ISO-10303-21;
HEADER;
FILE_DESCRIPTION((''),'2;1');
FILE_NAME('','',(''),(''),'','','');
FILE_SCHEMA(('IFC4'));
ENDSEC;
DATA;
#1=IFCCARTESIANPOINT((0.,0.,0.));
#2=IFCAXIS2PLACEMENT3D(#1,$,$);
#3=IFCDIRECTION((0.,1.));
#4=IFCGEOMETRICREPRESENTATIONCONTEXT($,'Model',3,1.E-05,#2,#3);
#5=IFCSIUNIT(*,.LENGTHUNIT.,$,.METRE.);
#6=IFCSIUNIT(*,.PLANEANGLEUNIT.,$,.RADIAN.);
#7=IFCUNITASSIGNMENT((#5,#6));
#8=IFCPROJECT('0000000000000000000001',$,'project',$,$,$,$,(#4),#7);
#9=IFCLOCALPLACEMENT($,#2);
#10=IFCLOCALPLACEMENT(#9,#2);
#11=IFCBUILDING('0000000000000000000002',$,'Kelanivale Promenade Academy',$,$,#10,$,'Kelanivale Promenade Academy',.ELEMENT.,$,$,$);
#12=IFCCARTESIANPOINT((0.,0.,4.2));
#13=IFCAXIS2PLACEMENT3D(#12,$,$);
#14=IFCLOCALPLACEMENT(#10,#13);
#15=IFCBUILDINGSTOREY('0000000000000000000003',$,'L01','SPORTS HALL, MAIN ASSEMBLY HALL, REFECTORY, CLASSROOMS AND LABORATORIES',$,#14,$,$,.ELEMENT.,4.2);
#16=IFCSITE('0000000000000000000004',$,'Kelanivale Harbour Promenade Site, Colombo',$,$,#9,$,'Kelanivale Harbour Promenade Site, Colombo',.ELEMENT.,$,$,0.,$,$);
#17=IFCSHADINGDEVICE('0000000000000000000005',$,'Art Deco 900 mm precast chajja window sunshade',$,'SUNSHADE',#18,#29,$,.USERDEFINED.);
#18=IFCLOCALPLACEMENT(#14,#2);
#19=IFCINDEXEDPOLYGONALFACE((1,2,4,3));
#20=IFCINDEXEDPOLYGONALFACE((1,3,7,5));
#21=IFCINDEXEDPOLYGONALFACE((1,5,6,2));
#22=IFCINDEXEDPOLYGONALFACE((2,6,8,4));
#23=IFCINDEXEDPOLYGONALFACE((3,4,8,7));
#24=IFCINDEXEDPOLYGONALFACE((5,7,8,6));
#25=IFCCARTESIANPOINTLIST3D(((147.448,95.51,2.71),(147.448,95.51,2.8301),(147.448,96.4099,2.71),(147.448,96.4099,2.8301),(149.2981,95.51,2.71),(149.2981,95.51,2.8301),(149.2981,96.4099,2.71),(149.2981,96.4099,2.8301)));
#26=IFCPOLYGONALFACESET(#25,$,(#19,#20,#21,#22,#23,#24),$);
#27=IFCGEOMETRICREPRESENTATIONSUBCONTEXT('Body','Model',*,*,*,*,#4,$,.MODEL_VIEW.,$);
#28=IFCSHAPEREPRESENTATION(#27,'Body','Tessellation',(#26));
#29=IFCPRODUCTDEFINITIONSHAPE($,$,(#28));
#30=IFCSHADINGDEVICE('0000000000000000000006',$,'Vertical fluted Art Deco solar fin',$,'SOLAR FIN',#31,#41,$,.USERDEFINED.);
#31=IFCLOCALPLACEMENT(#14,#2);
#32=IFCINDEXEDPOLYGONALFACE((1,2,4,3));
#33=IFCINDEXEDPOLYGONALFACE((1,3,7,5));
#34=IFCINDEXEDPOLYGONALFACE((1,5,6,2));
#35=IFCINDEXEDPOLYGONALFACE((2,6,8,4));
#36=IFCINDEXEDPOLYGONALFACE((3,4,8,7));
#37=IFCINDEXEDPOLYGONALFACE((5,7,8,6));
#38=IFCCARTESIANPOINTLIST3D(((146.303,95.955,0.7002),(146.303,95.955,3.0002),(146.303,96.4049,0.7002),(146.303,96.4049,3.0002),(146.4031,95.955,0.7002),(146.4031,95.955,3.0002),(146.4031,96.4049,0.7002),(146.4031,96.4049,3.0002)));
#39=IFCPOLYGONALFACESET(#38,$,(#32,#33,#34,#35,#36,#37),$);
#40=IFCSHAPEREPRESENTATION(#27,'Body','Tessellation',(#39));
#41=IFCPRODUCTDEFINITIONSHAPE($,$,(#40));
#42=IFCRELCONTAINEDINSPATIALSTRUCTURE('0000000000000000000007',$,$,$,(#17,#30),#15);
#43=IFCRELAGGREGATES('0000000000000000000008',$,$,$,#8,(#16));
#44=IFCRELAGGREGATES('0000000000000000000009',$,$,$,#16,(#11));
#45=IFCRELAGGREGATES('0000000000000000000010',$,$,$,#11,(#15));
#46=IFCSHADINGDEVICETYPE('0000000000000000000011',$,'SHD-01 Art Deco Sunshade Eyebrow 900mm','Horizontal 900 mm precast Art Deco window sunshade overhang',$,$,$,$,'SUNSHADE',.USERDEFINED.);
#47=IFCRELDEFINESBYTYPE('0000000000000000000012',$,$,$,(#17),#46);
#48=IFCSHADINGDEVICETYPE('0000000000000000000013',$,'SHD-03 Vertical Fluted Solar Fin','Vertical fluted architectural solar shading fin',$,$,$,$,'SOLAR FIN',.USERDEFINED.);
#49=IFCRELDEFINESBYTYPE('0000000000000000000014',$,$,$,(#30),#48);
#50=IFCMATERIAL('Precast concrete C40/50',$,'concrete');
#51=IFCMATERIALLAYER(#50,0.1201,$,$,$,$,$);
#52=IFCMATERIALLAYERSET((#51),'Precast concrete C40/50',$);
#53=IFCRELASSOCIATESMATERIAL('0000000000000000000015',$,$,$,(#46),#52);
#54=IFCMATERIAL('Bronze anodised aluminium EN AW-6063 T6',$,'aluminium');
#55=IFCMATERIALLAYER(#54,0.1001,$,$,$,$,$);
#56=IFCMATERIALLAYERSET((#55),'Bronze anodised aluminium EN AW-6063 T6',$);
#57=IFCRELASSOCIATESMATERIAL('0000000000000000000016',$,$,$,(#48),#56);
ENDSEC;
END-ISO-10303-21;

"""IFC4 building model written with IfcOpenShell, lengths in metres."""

from ifc_helpers import new_model, si_unit, direction, frame, origin, origin_2d, place, context, subcontext, project, spatial, rectangle, extrude, material, layer, layer_set, type_object, element, save


model = new_model("IFC4")

# Units and contexts
model_context = context("Model", 3, precision=1e-05, world=origin(), true_north=direction((0.0, 1.0)))
body_context = subcontext(model_context, "Body", "Model", "MODEL_VIEW")
ifc_project = project(units=[si_unit("LENGTHUNIT", "METRE"), si_unit("PLANEANGLEUNIT", "RADIAN")], contexts=[model_context])

# Site, building, storey
site_placement = place(None, origin())
site = spatial("IfcSite", under=ifc_project, at=site_placement, Name="Kelanivale Harbour Promenade Site, Colombo", LongName="Kelanivale Harbour Promenade Site, Colombo", CompositionType="ELEMENT", RefElevation=0.0)
building_placement = place(site_placement, origin())
building = spatial("IfcBuilding", under=site, at=building_placement, Name="Kelanivale Promenade Academy", LongName="Kelanivale Promenade Academy", CompositionType="ELEMENT")
storey_placement = place(building_placement, frame((0.0, 0.0, 4.2)))
storey = spatial("IfcBuildingStorey", under=building, at=storey_placement, Name="L01", Description="SPORTS HALL, MAIN ASSEMBLY HALL, REFECTORY, CLASSROOMS AND LABORATORIES", CompositionType="ELEMENT", Elevation=4.2)

# Shared definitions
ifc_material_1 = material(Name="Precast concrete C40/50", Category="concrete")

# Shading devices
ifc_layer_1 = layer(ifc_material_1, 0.1201)
ifc_layer_set_1 = layer_set([ifc_layer_1], Name="Precast concrete C40/50")
shading_device_type_1 = type_object("IfcShadingDeviceType", Name="SHD-01 Art Deco Sunshade Eyebrow 900mm", Description="Horizontal 900 mm precast Art Deco window sunshade overhang", ElementType="SUNSHADE", PredefinedType="USERDEFINED", material=ifc_layer_set_1)
shading_device_1_placement = place(storey_placement, frame((148.373, 95.96, 2.71), z_axis=(0.0, 0.0, 1.0), x_axis=(1.0, 0.0, 0.0)))
element("IfcShadingDevice", 1, at=shading_device_1_placement, inside=storey, type_object=shading_device_type_1, Name="Art Deco 900 mm precast chajja window sunshade", ObjectType="SUNSHADE", PredefinedType="USERDEFINED", context=body_context, shape_type="SweptSolid", body=[
    extrude(rectangle(XDim=1.8501, YDim=0.8999, at=origin_2d()), origin(), (0.0, 0.0, 1.0), 0.1201),
])
ifc_material_2 = material(Name="Bronze anodised aluminium EN AW-6063 T6", Category="aluminium")
ifc_layer_2 = layer(ifc_material_2, 0.1001)
ifc_layer_set_2 = layer_set([ifc_layer_2], Name="Bronze anodised aluminium EN AW-6063 T6")
shading_device_type_2 = type_object("IfcShadingDeviceType", Name="SHD-03 Vertical Fluted Solar Fin", Description="Vertical fluted architectural solar shading fin", ElementType="SOLAR FIN", PredefinedType="USERDEFINED", material=ifc_layer_set_2)
shading_device_2_placement = place(storey_placement, frame((146.353, 96.1799, 0.7002), z_axis=(0.0, 0.0, 1.0), x_axis=(1.0, 0.0, 0.0)))
element("IfcShadingDevice", 2, at=shading_device_2_placement, inside=storey, type_object=shading_device_type_2, Name="Vertical fluted Art Deco solar fin", ObjectType="SOLAR FIN", PredefinedType="USERDEFINED", context=body_context, shape_type="SweptSolid", body=[
    extrude(rectangle(XDim=0.1001, YDim=0.45, at=origin_2d()), origin(), (0.0, 0.0, 1.0), 2.3),
])

save(model, "model.ifc")
